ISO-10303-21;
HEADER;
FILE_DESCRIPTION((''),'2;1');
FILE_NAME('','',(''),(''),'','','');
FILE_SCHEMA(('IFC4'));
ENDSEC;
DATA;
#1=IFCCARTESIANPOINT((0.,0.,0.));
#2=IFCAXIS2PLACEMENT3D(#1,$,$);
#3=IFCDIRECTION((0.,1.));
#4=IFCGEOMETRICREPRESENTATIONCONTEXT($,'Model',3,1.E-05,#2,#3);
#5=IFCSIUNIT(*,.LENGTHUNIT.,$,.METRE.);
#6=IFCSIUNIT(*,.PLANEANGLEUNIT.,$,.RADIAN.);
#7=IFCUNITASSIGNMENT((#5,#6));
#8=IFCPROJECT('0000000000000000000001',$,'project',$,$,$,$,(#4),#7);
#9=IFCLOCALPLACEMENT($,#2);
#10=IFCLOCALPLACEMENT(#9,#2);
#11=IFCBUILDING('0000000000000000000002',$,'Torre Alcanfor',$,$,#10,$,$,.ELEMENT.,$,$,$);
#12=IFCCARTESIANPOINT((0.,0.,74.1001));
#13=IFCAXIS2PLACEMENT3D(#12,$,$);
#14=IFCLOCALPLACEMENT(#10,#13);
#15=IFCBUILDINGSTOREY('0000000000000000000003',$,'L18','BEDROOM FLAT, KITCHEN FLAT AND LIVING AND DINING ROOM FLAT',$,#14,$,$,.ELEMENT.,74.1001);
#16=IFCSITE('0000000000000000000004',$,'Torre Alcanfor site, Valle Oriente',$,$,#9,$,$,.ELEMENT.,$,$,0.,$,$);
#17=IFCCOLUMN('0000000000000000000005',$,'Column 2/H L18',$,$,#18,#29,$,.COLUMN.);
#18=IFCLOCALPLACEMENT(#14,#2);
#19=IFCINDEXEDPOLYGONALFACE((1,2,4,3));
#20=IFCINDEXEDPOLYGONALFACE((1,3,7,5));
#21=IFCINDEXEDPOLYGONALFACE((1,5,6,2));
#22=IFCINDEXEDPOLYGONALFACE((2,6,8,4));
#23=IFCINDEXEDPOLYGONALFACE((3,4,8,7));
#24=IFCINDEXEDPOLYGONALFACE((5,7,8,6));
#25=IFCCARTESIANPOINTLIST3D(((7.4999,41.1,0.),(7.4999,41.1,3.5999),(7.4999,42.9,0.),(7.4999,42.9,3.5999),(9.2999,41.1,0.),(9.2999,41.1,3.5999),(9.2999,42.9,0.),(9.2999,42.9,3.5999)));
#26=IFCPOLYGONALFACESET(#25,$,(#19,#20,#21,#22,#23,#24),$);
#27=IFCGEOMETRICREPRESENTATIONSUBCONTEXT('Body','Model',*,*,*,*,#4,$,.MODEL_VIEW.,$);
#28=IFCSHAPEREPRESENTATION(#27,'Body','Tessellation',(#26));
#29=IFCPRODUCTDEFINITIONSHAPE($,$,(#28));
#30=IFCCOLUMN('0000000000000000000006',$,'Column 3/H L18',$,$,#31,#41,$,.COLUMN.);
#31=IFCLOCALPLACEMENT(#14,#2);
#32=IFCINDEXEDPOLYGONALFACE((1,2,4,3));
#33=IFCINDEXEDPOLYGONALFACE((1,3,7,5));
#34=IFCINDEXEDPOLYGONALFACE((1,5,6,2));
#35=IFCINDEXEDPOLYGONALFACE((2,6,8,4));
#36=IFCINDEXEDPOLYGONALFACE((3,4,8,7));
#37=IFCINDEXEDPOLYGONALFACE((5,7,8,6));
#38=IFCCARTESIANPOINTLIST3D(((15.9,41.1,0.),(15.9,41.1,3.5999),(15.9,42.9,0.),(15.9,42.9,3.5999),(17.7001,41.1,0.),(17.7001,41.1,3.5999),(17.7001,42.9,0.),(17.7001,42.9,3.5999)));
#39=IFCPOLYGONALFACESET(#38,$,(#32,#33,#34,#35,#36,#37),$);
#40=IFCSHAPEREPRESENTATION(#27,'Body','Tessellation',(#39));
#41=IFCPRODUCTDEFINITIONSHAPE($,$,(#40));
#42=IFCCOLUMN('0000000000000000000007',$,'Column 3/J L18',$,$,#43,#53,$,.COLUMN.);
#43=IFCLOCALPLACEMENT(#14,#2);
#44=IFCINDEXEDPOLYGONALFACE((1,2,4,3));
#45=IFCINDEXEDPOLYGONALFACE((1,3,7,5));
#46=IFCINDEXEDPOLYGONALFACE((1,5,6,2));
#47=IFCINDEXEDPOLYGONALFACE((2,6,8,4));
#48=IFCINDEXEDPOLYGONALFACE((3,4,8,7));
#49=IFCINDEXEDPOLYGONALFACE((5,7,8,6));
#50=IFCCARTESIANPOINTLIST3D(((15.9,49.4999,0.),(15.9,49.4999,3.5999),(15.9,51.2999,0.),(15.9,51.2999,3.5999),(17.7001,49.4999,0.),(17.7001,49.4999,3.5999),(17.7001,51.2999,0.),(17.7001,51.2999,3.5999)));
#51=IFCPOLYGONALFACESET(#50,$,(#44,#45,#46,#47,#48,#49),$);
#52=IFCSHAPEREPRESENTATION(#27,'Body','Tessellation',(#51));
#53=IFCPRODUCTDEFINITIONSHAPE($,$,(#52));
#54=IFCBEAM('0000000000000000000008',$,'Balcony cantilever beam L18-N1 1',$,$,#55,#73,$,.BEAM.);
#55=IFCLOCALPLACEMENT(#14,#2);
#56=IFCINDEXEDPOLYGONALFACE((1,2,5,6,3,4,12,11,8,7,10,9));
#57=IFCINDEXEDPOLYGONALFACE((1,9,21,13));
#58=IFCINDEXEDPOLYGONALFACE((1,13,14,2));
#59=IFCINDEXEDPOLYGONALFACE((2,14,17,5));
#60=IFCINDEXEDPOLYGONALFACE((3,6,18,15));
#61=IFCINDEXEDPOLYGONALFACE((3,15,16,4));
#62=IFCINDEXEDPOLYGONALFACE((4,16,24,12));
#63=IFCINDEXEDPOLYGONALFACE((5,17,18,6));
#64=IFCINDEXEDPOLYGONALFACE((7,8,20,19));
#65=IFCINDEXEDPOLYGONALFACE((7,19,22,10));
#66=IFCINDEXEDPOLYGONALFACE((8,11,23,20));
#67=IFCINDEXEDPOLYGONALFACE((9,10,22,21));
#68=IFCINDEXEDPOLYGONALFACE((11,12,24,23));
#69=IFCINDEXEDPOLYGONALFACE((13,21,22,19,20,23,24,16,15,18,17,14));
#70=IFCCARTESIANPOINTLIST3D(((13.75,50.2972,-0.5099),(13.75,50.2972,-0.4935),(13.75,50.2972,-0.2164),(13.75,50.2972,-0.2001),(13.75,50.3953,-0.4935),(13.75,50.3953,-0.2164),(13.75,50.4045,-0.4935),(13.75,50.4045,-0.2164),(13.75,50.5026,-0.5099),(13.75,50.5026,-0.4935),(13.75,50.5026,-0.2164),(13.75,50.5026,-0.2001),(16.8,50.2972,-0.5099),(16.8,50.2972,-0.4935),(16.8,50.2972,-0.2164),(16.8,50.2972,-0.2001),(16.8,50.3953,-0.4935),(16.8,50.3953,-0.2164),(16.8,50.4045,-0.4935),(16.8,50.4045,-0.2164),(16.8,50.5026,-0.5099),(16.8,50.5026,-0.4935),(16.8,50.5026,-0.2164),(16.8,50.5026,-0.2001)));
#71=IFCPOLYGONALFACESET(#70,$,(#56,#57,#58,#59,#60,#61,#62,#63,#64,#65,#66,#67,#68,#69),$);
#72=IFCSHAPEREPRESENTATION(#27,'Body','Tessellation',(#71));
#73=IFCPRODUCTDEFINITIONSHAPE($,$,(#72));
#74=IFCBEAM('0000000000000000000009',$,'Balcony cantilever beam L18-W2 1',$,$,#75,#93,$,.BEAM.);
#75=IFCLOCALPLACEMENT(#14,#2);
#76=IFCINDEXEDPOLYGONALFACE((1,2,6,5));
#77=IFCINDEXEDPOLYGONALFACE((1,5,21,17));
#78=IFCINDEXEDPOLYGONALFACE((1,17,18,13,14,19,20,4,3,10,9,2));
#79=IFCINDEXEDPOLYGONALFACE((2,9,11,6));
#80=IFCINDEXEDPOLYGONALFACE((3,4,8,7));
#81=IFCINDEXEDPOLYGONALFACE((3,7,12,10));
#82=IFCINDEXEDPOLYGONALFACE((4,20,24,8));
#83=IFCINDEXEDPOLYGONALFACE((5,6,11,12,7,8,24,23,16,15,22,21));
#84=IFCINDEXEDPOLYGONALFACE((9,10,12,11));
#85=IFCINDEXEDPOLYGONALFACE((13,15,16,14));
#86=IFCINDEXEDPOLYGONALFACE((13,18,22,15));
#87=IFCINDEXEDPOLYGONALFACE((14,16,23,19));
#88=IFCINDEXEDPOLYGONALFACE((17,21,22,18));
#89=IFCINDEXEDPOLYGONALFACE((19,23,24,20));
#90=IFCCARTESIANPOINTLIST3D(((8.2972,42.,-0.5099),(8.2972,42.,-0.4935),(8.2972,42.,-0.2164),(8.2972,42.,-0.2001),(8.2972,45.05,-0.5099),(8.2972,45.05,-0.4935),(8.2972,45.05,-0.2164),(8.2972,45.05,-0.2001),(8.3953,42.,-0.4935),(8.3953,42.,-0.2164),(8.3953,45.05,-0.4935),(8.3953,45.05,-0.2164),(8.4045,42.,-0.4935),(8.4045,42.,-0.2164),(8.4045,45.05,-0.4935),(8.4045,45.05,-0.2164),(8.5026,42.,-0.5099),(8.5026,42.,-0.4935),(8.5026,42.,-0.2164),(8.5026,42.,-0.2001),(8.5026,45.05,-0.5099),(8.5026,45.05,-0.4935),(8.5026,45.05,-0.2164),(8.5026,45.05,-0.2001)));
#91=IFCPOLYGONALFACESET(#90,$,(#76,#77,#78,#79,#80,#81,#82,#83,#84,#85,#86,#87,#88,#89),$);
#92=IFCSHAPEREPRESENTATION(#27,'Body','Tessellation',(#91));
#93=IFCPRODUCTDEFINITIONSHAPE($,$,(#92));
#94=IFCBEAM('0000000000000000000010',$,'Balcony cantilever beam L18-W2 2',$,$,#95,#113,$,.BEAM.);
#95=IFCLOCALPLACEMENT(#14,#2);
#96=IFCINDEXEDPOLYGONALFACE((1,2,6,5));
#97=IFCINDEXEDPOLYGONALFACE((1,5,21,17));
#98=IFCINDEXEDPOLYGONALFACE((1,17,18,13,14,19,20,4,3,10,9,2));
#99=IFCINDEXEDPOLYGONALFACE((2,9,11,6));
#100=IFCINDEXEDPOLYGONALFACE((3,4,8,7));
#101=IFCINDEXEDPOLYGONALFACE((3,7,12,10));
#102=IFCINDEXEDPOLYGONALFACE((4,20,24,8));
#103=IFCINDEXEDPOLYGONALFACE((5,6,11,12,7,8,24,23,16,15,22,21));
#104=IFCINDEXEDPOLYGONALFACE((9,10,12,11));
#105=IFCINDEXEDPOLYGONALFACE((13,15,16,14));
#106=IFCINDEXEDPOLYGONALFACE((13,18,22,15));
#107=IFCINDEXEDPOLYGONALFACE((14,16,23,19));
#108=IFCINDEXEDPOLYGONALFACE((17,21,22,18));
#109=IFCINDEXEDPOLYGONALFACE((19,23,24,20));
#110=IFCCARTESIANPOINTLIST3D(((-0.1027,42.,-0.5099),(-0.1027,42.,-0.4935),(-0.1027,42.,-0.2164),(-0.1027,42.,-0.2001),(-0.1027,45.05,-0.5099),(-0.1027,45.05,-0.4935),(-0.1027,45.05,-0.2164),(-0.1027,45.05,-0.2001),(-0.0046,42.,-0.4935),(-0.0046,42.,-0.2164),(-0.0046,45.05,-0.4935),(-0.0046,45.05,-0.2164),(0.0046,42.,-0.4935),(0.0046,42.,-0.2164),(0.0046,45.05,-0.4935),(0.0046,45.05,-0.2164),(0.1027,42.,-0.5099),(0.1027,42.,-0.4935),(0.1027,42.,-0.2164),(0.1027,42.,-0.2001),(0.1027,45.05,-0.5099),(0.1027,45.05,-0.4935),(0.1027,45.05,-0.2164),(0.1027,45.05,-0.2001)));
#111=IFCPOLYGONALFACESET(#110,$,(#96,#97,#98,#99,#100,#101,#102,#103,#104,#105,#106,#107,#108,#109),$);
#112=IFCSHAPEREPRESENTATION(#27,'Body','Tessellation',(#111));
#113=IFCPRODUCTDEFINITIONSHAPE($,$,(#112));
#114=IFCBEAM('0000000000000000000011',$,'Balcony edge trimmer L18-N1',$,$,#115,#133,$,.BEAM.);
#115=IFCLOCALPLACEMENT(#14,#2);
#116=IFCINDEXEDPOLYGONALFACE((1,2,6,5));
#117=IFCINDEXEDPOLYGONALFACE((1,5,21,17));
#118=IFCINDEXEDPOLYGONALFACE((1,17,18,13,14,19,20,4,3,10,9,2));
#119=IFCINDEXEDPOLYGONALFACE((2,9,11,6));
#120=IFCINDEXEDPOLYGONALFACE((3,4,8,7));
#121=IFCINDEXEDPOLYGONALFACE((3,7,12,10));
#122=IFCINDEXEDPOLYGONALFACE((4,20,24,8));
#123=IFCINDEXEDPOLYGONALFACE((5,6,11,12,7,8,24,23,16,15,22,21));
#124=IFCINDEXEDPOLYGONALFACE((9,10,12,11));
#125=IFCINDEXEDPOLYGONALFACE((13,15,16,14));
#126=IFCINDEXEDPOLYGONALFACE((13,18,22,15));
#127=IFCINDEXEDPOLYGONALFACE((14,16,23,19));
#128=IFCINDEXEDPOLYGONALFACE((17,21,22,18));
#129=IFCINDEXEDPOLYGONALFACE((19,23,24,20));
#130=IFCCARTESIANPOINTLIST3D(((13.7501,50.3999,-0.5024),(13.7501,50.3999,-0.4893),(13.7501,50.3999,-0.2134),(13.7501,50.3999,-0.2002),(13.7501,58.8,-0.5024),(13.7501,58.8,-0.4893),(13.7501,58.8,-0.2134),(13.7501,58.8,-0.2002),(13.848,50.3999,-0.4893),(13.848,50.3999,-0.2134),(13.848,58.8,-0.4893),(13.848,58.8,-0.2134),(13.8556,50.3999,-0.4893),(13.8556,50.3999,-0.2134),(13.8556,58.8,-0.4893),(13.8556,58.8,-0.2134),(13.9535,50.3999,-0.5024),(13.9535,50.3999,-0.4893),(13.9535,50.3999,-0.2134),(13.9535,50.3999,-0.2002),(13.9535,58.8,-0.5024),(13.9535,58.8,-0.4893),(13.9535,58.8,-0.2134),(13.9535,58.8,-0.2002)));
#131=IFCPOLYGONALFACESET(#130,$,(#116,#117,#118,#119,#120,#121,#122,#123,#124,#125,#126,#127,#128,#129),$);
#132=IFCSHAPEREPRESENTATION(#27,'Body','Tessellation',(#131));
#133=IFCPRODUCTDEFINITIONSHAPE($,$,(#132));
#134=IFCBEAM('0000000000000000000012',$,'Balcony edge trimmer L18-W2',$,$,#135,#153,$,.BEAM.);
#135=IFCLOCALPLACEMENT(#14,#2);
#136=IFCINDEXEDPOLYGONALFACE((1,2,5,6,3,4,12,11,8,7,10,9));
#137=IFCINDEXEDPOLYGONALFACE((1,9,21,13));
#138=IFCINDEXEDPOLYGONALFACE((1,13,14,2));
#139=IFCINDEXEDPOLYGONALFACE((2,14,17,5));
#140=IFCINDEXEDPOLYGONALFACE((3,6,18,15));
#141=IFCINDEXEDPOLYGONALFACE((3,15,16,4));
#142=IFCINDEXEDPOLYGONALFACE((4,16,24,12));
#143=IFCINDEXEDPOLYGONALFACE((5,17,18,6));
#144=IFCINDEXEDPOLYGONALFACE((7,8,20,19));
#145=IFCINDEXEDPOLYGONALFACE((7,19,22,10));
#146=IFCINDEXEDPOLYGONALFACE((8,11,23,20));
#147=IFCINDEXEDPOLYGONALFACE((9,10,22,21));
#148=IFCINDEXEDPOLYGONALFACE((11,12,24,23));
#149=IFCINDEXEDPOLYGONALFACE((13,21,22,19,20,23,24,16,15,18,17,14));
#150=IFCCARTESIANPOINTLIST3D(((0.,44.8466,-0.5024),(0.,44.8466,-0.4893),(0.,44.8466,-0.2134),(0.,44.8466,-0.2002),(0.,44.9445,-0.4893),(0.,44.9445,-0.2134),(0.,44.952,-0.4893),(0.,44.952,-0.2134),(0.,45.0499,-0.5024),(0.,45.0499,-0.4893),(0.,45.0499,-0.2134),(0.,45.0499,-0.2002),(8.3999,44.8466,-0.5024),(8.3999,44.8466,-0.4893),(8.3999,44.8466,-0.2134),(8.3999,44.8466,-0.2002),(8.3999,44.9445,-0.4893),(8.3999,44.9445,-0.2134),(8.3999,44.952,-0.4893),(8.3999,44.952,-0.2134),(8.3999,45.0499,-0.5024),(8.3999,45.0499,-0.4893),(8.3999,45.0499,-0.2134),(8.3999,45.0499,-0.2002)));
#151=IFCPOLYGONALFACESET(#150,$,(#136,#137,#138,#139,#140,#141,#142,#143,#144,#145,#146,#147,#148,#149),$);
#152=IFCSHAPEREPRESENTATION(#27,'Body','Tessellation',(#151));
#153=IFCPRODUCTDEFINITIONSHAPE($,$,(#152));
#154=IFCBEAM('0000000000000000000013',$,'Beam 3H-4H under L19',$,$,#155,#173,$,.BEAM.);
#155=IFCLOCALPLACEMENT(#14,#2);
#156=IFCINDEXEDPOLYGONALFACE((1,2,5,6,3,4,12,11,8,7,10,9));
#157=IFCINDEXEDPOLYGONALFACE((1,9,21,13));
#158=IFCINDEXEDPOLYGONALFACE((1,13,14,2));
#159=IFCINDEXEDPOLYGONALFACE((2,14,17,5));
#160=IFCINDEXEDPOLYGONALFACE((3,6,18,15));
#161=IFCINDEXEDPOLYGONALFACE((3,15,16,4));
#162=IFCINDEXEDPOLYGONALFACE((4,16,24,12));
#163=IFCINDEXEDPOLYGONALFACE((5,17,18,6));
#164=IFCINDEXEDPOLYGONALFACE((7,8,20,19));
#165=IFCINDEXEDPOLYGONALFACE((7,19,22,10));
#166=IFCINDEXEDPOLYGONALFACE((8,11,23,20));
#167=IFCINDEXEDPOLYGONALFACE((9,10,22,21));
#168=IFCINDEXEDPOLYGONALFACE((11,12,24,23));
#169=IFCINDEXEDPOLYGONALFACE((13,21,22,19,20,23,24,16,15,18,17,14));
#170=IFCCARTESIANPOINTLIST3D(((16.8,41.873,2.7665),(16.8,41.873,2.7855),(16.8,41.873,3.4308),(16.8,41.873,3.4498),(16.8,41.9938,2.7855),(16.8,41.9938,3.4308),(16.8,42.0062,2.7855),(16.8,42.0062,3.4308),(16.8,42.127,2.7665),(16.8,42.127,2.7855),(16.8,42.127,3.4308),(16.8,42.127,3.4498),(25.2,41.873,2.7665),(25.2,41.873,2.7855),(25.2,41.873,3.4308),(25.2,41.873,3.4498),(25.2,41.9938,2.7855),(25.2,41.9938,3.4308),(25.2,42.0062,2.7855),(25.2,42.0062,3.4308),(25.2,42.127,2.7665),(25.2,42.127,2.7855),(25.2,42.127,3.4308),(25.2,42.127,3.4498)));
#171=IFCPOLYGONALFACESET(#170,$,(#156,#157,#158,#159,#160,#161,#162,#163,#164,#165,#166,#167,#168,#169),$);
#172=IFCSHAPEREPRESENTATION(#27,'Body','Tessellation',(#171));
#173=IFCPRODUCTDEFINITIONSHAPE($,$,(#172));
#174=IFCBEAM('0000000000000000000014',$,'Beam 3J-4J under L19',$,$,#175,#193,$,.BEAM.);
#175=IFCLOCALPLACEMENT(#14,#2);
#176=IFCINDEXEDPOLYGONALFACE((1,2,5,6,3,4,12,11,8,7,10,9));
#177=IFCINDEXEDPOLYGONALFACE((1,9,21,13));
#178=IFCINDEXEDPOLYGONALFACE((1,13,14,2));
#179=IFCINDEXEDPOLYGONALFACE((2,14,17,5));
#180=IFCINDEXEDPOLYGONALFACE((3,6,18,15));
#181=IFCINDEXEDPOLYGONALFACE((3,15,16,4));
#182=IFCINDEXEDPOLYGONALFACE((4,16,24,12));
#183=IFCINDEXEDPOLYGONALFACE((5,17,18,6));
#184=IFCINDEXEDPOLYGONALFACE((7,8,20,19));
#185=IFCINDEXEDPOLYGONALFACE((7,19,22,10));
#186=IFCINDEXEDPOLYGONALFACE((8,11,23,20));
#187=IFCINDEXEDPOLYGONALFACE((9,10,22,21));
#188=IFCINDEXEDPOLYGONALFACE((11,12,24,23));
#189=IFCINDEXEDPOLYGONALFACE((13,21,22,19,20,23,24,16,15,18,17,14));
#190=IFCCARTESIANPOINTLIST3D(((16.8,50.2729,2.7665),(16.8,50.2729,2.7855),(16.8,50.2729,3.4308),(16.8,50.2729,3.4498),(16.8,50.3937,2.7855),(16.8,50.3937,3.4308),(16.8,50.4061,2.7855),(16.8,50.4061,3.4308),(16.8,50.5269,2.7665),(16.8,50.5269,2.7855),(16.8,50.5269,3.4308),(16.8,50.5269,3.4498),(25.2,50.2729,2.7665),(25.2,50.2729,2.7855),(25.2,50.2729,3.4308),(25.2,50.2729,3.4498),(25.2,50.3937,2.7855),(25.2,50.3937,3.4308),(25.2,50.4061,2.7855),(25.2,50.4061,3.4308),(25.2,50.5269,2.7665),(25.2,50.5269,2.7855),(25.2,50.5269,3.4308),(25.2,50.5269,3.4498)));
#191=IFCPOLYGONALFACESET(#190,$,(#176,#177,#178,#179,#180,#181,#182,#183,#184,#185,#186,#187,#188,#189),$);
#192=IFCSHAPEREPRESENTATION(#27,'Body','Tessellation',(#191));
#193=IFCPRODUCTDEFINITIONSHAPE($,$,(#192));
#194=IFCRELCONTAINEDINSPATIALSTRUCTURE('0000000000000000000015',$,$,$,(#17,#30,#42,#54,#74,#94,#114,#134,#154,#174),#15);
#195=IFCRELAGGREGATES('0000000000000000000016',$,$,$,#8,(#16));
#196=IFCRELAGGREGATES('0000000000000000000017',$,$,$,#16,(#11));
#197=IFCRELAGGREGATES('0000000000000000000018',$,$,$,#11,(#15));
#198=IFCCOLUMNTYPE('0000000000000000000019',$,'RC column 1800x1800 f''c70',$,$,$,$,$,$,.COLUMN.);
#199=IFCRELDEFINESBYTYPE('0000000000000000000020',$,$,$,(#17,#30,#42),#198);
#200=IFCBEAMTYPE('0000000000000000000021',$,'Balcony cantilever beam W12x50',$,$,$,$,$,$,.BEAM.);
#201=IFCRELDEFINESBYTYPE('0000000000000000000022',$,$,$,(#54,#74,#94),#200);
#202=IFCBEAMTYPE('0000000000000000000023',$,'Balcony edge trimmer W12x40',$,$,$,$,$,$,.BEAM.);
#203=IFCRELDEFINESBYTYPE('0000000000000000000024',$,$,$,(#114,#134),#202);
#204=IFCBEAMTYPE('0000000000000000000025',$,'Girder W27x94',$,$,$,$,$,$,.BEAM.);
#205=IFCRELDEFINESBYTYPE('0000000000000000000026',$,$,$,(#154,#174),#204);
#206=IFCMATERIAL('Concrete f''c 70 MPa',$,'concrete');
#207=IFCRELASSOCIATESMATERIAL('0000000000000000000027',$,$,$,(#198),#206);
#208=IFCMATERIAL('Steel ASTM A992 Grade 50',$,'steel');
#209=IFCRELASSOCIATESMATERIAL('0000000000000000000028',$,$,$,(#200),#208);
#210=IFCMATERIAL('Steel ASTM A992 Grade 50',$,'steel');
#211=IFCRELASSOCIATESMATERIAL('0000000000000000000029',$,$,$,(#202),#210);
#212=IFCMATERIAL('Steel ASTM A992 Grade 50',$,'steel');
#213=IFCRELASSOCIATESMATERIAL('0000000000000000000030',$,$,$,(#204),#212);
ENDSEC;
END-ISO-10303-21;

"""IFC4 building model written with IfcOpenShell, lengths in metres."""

from ifc_helpers import new_model, si_unit, direction, frame, origin, origin_2d, place, context, subcontext, project, spatial, rectangle, i_section, extrude, material, material_profile, profile_set, type_object, element, save


model = new_model("IFC4")

# Units and contexts
model_context = context("Model", 3, precision=1e-05, world=origin(), true_north=direction((0.0, 1.0)))
body_context = subcontext(model_context, "Body", "Model", "MODEL_VIEW")
ifc_project = project(units=[si_unit("LENGTHUNIT", "METRE"), si_unit("PLANEANGLEUNIT", "RADIAN")], contexts=[model_context])

# Site, building, storey
site_placement = place(None, origin())
site = spatial("IfcSite", under=ifc_project, at=site_placement, Name="Torre Alcanfor site, Valle Oriente", CompositionType="ELEMENT", RefElevation=0.0)
building_placement = place(site_placement, origin())
building = spatial("IfcBuilding", under=site, at=building_placement, Name="Torre Alcanfor", CompositionType="ELEMENT")
storey_placement = place(building_placement, frame((0.0, 0.0, 74.1001)))
storey = spatial("IfcBuildingStorey", under=building, at=storey_placement, Name="L18", Description="BEDROOM FLAT, KITCHEN FLAT AND LIVING AND DINING ROOM FLAT", CompositionType="ELEMENT", Elevation=74.1001)

# Columns
ifc_material_1 = material(Name="Concrete f'c 70 MPa", Category="concrete")
ifc_material_profile_1 = material_profile(ifc_material_1, rectangle(XDim=1.8, YDim=1.8, at=origin_2d()), Name="1800x1800")
ifc_profile_set_1 = profile_set([ifc_material_profile_1], Name="Concrete f'c 70 MPa")
column_type = type_object("IfcColumnType", Name="RC column 1800x1800 f'c70", PredefinedType="COLUMN", material=ifc_profile_set_1)
for number, where, z_axis, x_axis, name in (
    (1, (8.3999, 42.0, 0.0), (0.0, 0.0, 1.0), (1.0, 0.0, 0.0), "Column 2/H L18"),
    (2, (16.8, 42.0, 0.0), (0.0, 0.0, 1.0), (1.0, 0.0, 0.0), "Column 3/H L18"),
    (3, (16.8, 50.3999, 0.0), (0.0, 0.0, 1.0), (1.0, 0.0, 0.0), "Column 3/J L18"),
):
    element("IfcColumn", number, at=place(storey_placement, frame(where, z_axis=z_axis, x_axis=x_axis)), inside=storey, type_object=column_type, Name=name, PredefinedType="COLUMN", context=body_context, shape_type="SweptSolid", body=[
        extrude(rectangle(XDim=1.8, YDim=1.8, at=origin_2d()), origin(), (0.0, 0.0, 1.0), 3.5999),
    ])

# Beams
ifc_material_2 = material(Name="Steel ASTM A992 Grade 50", Category="steel")
ifc_material_profile_2 = material_profile(ifc_material_2, i_section(OverallWidth=0.2053, OverallDepth=0.3098, WebThickness=0.0093, FlangeThickness=0.0164, at=origin_2d()), Name="W12x50")
ifc_profile_set_2 = profile_set([ifc_material_profile_2], Name="Steel ASTM A992 Grade 50")
beam_type_1 = type_object("IfcBeamType", Name="Balcony cantilever beam W12x50", PredefinedType="BEAM", material=ifc_profile_set_2)
for number, where, z_axis, x_axis, name in (
    (4, (16.8, 50.3999, -0.355), (-1.0, 0.0, 0.0), (0.0, -1.0, 0.0), "Balcony cantilever beam L18-N1 1"),
    (5, (8.3999, 42.0, -0.355), (0.0, 1.0, 0.0), (-1.0, 0.0, 0.0), "Balcony cantilever beam L18-W2 1"),
    (6, (0.0, 42.0, -0.355), (0.0, 1.0, 0.0), (-1.0, 0.0, 0.0), "Balcony cantilever beam L18-W2 2"),
):
    element("IfcBeam", number, at=place(storey_placement, frame(where, z_axis=z_axis, x_axis=x_axis)), inside=storey, type_object=beam_type_1, Name=name, PredefinedType="BEAM", context=body_context, shape_type="SweptSolid", body=[
        extrude(i_section(OverallWidth=0.2053, OverallDepth=0.3098, WebThickness=0.0093, FlangeThickness=0.0164, at=origin_2d()), origin(), (0.0, 0.0, 1.0), 3.05),
    ])
ifc_material_3 = material(Name="Steel ASTM A992 Grade 50", Category="steel")
ifc_material_profile_3 = material_profile(ifc_material_3, i_section(OverallWidth=0.2034, OverallDepth=0.3022, WebThickness=0.0076, FlangeThickness=0.0132, at=origin_2d()), Name="W12x40")
ifc_profile_set_3 = profile_set([ifc_material_profile_3], Name="Steel ASTM A992 Grade 50")
beam_type_2 = type_object("IfcBeamType", Name="Balcony edge trimmer W12x40", PredefinedType="BEAM", material=ifc_profile_set_3)
beam_1_placement = place(storey_placement, frame((13.8518, 50.3999, -0.3513), z_axis=(0.0, 1.0, 0.0), x_axis=(-1.0, 0.0, 0.0)))
element("IfcBeam", 7, at=beam_1_placement, inside=storey, type_object=beam_type_2, Name="Balcony edge trimmer L18-N1", PredefinedType="BEAM", context=body_context, shape_type="SweptSolid", body=[
    extrude(i_section(OverallWidth=0.2034, OverallDepth=0.3022, WebThickness=0.0076, FlangeThickness=0.0132, at=origin_2d()), origin(), (0.0, 0.0, 1.0), 8.4001),
])
beam_2_placement = place(storey_placement, frame((8.3999, 44.9482, -0.3513), z_axis=(-1.0, 0.0, 0.0), x_axis=(0.0, -1.0, 0.0)))
element("IfcBeam", 8, at=beam_2_placement, inside=storey, type_object=beam_type_2, Name="Balcony edge trimmer L18-W2", PredefinedType="BEAM", context=body_context, shape_type="SweptSolid", body=[
    extrude(i_section(OverallWidth=0.2034, OverallDepth=0.3022, WebThickness=0.0076, FlangeThickness=0.0132, at=origin_2d()), origin(), (0.0, 0.0, 1.0), 8.3999),
])
ifc_material_4 = material(Name="Steel ASTM A992 Grade 50", Category="steel")
ifc_material_profile_4 = material_profile(ifc_material_4, i_section(OverallWidth=0.2539, OverallDepth=0.6833, WebThickness=0.0125, FlangeThickness=0.019, at=origin_2d()), Name="W27x94")
ifc_profile_set_4 = profile_set([ifc_material_profile_4], Name="Steel ASTM A992 Grade 50")
beam_type_3 = type_object("IfcBeamType", Name="Girder W27x94", PredefinedType="BEAM", material=ifc_profile_set_4)
for number, where, z_axis, x_axis, name in (
    (9, (16.8, 42.0, 3.1082), (1.0, 0.0, 0.0), (0.0, 1.0, 0.0), "Beam 3H-4H under L19"),
    (10, (16.8, 50.3999, 3.1082), (1.0, 0.0, 0.0), (0.0, 1.0, 0.0), "Beam 3J-4J under L19"),
):
    element("IfcBeam", number, at=place(storey_placement, frame(where, z_axis=z_axis, x_axis=x_axis)), inside=storey, type_object=beam_type_3, Name=name, PredefinedType="BEAM", context=body_context, shape_type="SweptSolid", body=[
        extrude(i_section(OverallWidth=0.2539, OverallDepth=0.6833, WebThickness=0.0125, FlangeThickness=0.019, at=origin_2d()), origin(), (0.0, 0.0, 1.0), 8.3999),
    ])

save(model, "model.ifc")
